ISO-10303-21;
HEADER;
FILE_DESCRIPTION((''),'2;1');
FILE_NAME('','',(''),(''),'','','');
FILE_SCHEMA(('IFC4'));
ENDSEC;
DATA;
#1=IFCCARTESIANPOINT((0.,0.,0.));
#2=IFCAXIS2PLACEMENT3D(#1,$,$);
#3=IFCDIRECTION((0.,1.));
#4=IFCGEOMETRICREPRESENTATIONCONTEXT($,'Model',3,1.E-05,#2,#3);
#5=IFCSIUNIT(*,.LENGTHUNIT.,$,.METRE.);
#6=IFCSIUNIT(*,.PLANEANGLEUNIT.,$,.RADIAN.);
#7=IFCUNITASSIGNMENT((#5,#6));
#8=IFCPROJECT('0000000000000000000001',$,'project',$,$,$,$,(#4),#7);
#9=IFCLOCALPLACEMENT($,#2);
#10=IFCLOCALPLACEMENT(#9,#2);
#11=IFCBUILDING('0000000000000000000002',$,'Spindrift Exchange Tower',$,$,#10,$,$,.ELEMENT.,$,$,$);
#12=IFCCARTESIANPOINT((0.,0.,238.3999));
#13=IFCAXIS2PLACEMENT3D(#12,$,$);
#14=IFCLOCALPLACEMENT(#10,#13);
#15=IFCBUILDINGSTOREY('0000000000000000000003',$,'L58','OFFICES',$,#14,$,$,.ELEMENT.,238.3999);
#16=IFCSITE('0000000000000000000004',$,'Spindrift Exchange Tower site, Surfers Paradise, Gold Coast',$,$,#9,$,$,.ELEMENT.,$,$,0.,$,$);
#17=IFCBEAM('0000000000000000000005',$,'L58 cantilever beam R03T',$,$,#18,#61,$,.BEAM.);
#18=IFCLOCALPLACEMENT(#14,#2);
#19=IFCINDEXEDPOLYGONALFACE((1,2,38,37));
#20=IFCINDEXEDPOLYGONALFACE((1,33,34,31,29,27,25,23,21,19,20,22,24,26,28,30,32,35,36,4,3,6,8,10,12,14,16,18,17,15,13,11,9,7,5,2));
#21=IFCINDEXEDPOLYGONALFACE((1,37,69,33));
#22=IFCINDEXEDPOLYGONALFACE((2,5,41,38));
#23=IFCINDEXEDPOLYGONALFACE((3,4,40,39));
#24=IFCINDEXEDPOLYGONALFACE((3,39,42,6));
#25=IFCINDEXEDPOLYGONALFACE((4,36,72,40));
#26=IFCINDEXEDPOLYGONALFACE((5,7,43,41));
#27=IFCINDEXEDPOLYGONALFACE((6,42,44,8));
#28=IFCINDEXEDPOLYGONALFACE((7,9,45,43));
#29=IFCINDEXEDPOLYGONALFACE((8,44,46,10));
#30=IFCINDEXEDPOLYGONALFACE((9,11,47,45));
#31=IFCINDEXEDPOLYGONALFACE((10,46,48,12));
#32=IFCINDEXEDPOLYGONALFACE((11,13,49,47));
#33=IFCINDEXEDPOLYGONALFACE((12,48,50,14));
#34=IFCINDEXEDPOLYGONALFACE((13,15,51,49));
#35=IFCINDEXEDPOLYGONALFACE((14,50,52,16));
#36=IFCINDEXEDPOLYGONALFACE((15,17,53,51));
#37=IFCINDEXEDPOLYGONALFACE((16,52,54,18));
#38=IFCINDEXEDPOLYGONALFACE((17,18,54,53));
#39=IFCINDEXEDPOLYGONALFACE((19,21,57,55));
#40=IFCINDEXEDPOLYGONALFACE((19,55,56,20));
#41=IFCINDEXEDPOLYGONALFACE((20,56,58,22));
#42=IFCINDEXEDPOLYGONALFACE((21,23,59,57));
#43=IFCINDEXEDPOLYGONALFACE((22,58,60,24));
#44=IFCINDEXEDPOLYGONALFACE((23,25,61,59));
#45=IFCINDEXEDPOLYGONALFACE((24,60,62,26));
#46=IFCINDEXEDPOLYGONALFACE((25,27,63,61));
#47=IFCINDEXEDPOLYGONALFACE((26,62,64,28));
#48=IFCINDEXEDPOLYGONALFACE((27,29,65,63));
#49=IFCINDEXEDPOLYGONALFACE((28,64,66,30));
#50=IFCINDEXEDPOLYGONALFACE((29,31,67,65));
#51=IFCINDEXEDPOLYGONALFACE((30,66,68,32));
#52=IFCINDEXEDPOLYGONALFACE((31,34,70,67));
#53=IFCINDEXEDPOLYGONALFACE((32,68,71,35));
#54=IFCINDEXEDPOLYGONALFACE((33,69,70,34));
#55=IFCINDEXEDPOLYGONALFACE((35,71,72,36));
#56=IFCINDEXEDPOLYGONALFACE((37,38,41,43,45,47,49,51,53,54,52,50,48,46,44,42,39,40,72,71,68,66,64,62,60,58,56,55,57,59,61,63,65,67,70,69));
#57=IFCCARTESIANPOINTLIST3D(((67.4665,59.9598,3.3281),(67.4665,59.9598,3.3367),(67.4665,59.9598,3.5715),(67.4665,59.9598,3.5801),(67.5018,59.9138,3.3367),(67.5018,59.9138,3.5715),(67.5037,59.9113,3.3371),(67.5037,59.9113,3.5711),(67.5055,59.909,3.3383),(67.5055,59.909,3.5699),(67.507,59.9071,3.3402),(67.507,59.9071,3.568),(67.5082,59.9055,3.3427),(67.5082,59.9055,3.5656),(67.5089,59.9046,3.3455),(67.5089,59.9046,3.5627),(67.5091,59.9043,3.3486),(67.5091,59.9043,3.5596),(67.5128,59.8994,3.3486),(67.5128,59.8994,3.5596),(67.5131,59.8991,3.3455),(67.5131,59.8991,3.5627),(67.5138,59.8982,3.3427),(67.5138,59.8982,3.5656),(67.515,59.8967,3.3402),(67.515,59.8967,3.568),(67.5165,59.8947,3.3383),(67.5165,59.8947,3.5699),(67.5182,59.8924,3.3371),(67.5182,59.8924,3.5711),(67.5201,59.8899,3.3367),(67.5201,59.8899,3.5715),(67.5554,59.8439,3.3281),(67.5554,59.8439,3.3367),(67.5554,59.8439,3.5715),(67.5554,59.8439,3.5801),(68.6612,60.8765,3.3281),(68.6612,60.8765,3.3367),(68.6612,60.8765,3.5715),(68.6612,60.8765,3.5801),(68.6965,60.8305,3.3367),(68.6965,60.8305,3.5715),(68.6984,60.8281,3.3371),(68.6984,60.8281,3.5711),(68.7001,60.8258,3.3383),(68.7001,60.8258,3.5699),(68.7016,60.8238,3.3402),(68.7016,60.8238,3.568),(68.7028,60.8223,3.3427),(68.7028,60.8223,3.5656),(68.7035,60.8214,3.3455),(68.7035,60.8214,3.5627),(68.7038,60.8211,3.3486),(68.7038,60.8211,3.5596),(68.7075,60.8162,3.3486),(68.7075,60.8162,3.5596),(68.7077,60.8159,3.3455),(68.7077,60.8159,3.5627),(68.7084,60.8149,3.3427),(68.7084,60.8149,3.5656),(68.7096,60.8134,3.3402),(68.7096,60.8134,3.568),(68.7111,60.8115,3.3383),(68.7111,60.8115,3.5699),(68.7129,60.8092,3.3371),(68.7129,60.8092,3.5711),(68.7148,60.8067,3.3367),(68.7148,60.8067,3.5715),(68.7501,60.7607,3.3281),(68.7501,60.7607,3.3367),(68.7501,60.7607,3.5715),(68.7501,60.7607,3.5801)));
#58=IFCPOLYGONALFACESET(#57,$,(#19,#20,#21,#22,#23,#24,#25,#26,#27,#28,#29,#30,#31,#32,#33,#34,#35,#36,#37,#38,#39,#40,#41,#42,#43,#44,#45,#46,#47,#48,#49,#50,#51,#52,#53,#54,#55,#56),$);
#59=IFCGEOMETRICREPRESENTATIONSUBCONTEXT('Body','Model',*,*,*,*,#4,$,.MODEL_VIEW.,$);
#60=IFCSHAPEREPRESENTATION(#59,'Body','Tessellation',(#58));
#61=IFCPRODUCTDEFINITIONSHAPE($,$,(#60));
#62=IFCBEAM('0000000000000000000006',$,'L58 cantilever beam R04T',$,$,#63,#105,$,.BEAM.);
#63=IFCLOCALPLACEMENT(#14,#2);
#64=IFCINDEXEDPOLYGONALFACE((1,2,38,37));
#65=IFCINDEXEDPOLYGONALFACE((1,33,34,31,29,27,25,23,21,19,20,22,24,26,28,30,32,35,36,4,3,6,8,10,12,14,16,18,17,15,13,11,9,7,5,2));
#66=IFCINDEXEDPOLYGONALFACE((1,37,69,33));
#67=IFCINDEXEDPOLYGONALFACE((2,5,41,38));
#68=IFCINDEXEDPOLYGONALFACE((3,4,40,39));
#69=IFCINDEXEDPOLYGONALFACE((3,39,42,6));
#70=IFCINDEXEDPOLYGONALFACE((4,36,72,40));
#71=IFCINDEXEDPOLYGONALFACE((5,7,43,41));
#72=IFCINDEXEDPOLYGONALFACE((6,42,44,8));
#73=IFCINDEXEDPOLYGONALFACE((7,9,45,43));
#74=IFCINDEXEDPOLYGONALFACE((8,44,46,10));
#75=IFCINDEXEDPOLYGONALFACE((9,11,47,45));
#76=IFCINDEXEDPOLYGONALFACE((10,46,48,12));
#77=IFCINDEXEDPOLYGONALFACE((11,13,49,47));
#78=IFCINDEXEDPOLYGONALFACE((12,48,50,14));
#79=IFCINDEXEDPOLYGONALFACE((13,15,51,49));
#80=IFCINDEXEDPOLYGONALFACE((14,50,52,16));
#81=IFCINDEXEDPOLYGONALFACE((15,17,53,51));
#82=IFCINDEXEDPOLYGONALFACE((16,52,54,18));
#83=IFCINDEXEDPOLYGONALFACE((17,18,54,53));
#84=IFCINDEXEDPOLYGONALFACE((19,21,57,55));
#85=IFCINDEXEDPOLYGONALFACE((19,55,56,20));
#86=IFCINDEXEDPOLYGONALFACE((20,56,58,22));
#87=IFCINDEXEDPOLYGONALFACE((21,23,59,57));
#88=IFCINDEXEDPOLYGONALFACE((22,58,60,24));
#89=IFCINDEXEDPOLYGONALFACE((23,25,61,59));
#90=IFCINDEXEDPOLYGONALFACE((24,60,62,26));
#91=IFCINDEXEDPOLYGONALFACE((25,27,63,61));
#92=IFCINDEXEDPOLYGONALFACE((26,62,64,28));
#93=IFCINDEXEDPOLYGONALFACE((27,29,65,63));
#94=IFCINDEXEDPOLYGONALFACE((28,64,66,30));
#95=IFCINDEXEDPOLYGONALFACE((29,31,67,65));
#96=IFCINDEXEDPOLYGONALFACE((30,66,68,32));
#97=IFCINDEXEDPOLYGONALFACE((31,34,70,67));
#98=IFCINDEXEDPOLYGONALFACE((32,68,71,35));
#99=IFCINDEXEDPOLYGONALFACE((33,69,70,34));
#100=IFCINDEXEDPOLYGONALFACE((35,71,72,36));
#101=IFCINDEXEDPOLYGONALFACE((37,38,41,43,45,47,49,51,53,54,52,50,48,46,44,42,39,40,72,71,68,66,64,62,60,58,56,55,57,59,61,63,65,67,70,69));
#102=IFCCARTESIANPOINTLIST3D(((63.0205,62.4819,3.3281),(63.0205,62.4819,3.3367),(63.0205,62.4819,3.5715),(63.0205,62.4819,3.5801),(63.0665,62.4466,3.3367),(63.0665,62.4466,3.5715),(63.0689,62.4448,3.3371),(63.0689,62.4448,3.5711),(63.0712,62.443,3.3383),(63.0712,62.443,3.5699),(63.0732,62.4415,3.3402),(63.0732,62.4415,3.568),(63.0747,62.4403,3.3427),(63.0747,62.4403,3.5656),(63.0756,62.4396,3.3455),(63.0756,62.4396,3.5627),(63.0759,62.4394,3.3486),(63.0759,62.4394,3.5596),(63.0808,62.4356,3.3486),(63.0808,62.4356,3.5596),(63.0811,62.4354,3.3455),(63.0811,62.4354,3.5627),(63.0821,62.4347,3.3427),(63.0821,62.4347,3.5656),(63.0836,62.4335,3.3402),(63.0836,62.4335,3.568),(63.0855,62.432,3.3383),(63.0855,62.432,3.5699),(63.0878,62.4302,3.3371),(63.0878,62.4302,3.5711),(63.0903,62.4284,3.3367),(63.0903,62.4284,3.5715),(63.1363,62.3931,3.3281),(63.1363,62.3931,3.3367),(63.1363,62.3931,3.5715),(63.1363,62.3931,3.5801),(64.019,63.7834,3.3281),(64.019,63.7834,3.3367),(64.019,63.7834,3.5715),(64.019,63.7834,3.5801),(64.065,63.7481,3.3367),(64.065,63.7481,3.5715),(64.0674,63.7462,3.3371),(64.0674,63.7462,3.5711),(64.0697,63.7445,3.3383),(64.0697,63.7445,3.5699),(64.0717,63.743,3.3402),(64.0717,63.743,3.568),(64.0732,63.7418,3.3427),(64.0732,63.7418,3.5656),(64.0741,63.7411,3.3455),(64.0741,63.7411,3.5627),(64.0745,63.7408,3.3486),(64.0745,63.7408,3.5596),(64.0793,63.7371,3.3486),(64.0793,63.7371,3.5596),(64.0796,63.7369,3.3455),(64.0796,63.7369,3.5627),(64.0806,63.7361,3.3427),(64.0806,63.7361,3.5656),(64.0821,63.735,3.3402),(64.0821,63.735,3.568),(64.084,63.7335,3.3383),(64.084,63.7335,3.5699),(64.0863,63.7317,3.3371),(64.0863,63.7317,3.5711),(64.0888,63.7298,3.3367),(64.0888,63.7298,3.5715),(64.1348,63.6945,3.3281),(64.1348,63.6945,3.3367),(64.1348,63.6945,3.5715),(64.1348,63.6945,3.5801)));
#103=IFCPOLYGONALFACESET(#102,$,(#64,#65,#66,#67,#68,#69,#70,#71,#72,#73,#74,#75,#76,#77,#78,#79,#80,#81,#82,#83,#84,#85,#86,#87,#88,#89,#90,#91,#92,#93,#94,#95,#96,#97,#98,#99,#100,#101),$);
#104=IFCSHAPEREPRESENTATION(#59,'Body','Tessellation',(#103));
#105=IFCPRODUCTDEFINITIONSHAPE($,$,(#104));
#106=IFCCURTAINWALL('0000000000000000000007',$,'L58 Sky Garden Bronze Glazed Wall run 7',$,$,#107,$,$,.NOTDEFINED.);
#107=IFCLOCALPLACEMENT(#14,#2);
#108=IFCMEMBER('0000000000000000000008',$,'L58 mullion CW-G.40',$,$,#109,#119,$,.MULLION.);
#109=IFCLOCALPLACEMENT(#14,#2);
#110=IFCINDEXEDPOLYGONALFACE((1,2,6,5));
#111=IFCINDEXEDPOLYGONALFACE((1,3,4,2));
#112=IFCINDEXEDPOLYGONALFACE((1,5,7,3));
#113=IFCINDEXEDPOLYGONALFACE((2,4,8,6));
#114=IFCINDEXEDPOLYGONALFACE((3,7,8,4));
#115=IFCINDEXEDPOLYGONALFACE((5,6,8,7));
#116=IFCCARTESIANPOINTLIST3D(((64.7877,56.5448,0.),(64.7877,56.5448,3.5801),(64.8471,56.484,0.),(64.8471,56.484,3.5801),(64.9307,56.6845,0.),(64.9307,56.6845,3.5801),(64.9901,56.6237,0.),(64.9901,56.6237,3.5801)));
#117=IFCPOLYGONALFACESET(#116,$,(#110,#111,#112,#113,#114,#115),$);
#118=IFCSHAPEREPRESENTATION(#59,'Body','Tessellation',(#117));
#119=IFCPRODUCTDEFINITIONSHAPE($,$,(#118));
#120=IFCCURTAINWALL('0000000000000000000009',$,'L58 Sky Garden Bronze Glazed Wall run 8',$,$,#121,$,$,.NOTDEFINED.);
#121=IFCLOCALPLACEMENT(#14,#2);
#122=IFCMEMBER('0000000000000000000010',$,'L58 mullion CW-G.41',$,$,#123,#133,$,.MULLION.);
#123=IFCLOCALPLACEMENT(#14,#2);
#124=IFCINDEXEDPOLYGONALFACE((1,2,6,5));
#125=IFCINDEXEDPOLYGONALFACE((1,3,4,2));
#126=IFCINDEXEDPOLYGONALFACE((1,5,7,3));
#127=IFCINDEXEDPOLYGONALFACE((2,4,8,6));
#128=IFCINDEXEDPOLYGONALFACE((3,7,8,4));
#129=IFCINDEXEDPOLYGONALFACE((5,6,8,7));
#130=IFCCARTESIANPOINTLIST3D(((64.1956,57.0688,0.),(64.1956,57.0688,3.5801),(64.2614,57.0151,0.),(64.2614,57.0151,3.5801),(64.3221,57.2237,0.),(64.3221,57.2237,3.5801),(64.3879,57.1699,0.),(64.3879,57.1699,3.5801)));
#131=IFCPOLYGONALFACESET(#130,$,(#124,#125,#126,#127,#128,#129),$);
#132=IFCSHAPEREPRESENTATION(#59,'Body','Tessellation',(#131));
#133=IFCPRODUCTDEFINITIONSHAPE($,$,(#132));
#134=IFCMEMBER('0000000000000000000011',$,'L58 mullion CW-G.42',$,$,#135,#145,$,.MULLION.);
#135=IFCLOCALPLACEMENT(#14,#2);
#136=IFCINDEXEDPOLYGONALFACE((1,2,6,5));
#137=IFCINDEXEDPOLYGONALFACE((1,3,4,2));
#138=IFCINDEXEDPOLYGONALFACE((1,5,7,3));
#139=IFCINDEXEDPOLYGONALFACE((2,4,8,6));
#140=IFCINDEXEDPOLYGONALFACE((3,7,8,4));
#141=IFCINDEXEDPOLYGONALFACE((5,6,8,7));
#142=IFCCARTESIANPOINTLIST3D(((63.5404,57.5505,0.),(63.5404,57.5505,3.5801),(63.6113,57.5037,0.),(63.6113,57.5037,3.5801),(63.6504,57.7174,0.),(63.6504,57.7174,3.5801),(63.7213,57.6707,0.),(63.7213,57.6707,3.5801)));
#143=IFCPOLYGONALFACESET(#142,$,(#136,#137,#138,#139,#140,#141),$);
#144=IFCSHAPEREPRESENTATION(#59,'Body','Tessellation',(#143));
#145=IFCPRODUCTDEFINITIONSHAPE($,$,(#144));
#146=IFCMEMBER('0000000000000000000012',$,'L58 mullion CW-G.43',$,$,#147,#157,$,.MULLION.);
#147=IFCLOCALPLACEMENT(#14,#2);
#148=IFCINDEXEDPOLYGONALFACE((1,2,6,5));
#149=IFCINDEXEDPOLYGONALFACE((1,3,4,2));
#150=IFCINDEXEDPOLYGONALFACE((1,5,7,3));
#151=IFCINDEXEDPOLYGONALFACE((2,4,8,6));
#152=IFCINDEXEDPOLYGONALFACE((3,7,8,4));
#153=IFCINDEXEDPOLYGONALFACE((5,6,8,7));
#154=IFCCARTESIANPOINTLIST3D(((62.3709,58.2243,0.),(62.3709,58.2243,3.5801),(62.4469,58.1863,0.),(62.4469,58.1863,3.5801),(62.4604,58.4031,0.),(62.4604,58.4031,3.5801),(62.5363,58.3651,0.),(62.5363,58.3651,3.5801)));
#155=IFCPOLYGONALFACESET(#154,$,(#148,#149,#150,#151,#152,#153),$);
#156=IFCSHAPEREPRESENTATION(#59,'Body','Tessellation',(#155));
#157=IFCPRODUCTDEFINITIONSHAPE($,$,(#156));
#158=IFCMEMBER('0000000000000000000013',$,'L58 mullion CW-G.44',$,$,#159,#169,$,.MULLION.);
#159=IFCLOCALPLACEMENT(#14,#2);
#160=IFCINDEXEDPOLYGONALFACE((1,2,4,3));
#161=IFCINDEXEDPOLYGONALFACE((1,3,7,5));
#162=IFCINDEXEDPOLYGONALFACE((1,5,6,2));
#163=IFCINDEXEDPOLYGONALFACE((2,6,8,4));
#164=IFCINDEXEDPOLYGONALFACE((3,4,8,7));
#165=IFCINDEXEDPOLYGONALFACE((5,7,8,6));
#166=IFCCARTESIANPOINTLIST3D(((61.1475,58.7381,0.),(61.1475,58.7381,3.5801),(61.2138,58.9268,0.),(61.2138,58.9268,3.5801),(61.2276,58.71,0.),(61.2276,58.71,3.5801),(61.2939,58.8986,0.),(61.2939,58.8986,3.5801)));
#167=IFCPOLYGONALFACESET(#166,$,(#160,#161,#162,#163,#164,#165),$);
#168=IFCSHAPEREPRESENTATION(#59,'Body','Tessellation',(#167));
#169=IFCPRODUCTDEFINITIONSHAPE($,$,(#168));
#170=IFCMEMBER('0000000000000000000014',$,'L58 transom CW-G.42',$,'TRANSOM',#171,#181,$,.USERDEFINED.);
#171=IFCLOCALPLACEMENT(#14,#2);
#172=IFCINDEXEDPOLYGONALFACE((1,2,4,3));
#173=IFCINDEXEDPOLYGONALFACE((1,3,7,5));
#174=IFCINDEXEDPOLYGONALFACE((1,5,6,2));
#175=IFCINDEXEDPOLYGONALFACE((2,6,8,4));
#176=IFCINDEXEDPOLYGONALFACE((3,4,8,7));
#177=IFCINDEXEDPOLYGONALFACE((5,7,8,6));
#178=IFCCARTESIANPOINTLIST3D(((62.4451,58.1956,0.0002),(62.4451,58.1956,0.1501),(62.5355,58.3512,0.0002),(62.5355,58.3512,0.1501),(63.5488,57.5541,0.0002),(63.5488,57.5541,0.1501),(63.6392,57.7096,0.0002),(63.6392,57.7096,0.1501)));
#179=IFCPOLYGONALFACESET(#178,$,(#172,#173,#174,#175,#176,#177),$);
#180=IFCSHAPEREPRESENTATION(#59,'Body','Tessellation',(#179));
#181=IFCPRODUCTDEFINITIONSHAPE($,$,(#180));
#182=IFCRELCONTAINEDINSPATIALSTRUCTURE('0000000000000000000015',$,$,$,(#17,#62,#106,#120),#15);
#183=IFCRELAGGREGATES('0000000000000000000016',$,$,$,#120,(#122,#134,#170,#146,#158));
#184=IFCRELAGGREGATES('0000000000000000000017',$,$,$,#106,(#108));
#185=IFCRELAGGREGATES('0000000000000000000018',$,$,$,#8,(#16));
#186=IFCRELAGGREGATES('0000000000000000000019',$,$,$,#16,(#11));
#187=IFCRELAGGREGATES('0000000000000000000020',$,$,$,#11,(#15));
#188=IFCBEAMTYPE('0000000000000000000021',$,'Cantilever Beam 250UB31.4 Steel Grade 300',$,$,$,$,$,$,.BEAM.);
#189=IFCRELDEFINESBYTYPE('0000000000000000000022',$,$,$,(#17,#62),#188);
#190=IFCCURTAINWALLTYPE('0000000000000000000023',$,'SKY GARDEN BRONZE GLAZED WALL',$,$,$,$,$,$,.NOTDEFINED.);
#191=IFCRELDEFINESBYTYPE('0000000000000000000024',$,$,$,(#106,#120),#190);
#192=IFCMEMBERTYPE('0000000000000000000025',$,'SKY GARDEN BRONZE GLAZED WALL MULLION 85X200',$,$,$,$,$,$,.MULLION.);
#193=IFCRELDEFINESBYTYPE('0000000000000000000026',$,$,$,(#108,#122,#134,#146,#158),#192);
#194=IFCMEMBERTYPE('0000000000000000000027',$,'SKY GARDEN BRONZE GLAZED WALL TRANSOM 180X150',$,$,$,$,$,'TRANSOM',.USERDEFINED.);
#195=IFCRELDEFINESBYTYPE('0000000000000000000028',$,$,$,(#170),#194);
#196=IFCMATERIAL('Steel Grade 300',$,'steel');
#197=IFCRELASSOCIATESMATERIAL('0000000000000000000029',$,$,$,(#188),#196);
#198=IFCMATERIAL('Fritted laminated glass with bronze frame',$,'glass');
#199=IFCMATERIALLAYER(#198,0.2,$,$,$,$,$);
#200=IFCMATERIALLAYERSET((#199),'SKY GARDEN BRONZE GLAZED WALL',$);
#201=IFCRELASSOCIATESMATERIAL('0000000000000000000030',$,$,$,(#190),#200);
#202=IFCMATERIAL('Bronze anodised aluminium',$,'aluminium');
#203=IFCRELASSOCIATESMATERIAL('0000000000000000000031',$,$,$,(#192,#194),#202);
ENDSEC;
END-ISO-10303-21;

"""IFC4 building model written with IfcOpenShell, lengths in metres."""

from ifc_helpers import new_model, si_unit, direction, frame, origin, origin_2d, place, context, subcontext, project, spatial, rectangle, i_section, extrude, source, transform, mapped, material, layer, layer_set, material_profile, profile_set, type_object, element, aggregate, save


model = new_model("IFC4")

# Units and contexts
model_context = context("Model", 3, precision=1e-05, world=origin(), true_north=direction((0.0, 1.0)))
body_context = subcontext(model_context, "Body", "Model", "MODEL_VIEW")
ifc_project = project(units=[si_unit("LENGTHUNIT", "METRE"), si_unit("PLANEANGLEUNIT", "RADIAN")], contexts=[model_context])

# Site, building, storey
site_placement = place(None, origin())
site = spatial("IfcSite", under=ifc_project, at=site_placement, Name="Spindrift Exchange Tower site, Surfers Paradise, Gold Coast", CompositionType="ELEMENT", RefElevation=0.0)
building_placement = place(site_placement, origin())
building = spatial("IfcBuilding", under=site, at=building_placement, Name="Spindrift Exchange Tower", CompositionType="ELEMENT")
storey_placement = place(building_placement, frame((0.0, 0.0, 238.3999)))
storey = spatial("IfcBuildingStorey", under=building, at=storey_placement, Name="L58", Description="OFFICES", CompositionType="ELEMENT", Elevation=238.3999)

# Beams
ifc_material_1 = material(Name="Steel Grade 300", Category="steel")
ifc_material_profile_1 = material_profile(ifc_material_1, i_section(OverallWidth=0.146, OverallDepth=0.252, WebThickness=0.0061, FlangeThickness=0.0085, FilletRadius=0.012, at=origin_2d()), Name="250UB31.4")
ifc_profile_set_1 = profile_set([ifc_material_profile_1], Name="Steel Grade 300")
beam_type_1 = type_object("IfcBeamType", Name="Cantilever Beam 250UB31.4 Steel Grade 300", PredefinedType="BEAM", material=ifc_profile_set_1)
shared_shape_1 = source(origin(), body_context, "Body", "SweptSolid", [
    extrude(i_section(OverallWidth=0.146, OverallDepth=0.252, WebThickness=0.0061, FlangeThickness=0.0085, FilletRadius=0.012, at=origin_2d()), origin(), (0.0, 0.0, 1.0), 1.5059),
])
beam_1_placement = place(storey_placement, frame((67.511, 59.9019, 3.4541), z_axis=(0.793317, 0.608809, 0.0), x_axis=(-0.608809, 0.793317, 0.0)))
element("IfcBeam", 1, at=beam_1_placement, inside=storey, type_object=beam_type_1, Name="L58 cantilever beam R03T", PredefinedType="BEAM", context=body_context, shape_type="MappedRepresentation", body=[
    mapped(shared_shape_1, transform((0.0, 0.0, 0.0), scale=1.0)),
])
shared_shape_2 = source(origin(), body_context, "Body", "SweptSolid", [
    extrude(i_section(OverallWidth=0.146, OverallDepth=0.252, WebThickness=0.0061, FlangeThickness=0.0085, FilletRadius=0.012, at=origin_2d()), origin(), (0.0, 0.0, 1.0), 1.6404),
])
beam_2_placement = place(storey_placement, frame((63.0784, 62.4375, 3.4541), z_axis=(0.608703, 0.793398, 0.0), x_axis=(-0.793398, 0.608703, 0.0)))
element("IfcBeam", 2, at=beam_2_placement, inside=storey, type_object=beam_type_1, Name="L58 cantilever beam R04T", PredefinedType="BEAM", context=body_context, shape_type="MappedRepresentation", body=[
    mapped(shared_shape_2, transform((0.0, 0.0, 0.0), scale=1.0)),
])

# Curtain wall, member
ifc_material_2 = material(Name="Fritted laminated glass with bronze frame", Category="glass")
ifc_layer_1 = layer(ifc_material_2, 0.2)
ifc_layer_set_1 = layer_set([ifc_layer_1], Name="SKY GARDEN BRONZE GLAZED WALL")
curtain_wall_type = type_object("IfcCurtainWallType", Name="SKY GARDEN BRONZE GLAZED WALL", PredefinedType="NOTDEFINED", material=ifc_layer_set_1)
curtain_wall_1_placement = place(storey_placement, origin())
curtain_wall_1 = element("IfcCurtainWall", 3, at=curtain_wall_1_placement, inside=storey, type_object=curtain_wall_type, Name="L58 Sky Garden Bronze Glazed Wall run 7", PredefinedType="NOTDEFINED")
ifc_material_3 = material(Name="Bronze anodised aluminium", Category="aluminium")
ifc_material_profile_2 = material_profile(ifc_material_3, rectangle(XDim=0.085, YDim=0.2, at=origin_2d()), Name="SKY GARDEN BRONZE GLAZED WALL MULLION 85X200")
ifc_profile_set_2 = profile_set([ifc_material_profile_2], Name="Bronze anodised aluminium")
member_type_1 = type_object("IfcMemberType", Name="SKY GARDEN BRONZE GLAZED WALL MULLION 85X200", PredefinedType="MULLION", material=ifc_profile_set_2)
shared_shape_3 = source(origin(), body_context, "Body", "SweptSolid", [
    extrude(rectangle(XDim=0.085, YDim=0.2, at=origin_2d()), origin(), (0.0, 0.0, 1.0), 3.5801),
])
member_1_placement = place(storey_placement, frame((64.8889, 56.5842, 0.0), z_axis=(0.0, 0.0, 1.0), x_axis=(-0.698787, 0.71533, 0.0)))
member_1 = element("IfcMember", 4, at=member_1_placement, type_object=member_type_1, Name="L58 mullion CW-G.40", PredefinedType="MULLION", context=body_context, shape_type="MappedRepresentation", body=[
    mapped(shared_shape_3, transform((0.0, 0.0, 0.0), scale=1.0)),
])

# Curtain wall, members
curtain_wall_2_placement = place(storey_placement, origin())
curtain_wall_2 = element("IfcCurtainWall", 5, at=curtain_wall_2_placement, inside=storey, type_object=curtain_wall_type, Name="L58 Sky Garden Bronze Glazed Wall run 8", PredefinedType="NOTDEFINED")
member_2_placement = place(storey_placement, frame((64.2917, 57.1194, 0.0), z_axis=(0.0, 0.0, 1.0), x_axis=(-0.774434, 0.632655, 0.0)))
member_2 = element("IfcMember", 6, at=member_2_placement, type_object=member_type_1, Name="L58 mullion CW-G.41", PredefinedType="MULLION", context=body_context, shape_type="MappedRepresentation", body=[
    mapped(shared_shape_3, transform((0.0, 0.0, 0.0), scale=1.0)),
])
member_3_placement = place(storey_placement, frame((63.6309, 57.6106, 0.0), z_axis=(0.0, 0.0, 1.0), x_axis=(-0.834934, 0.55035, 0.0)))
member_3 = element("IfcMember", 7, at=member_3_placement, type_object=member_type_1, Name="L58 mullion CW-G.42", PredefinedType="MULLION", context=body_context, shape_type="MappedRepresentation", body=[
    mapped(shared_shape_3, transform((0.0, 0.0, 0.0), scale=1.0)),
])
member_4_placement = place(storey_placement, frame((62.4536, 58.2947, 0.0), z_axis=(0.0, 0.0, 1.0), x_axis=(-0.894257, 0.447553, 0.0)))
member_4 = element("IfcMember", 8, at=member_4_placement, type_object=member_type_1, Name="L58 mullion CW-G.43", PredefinedType="MULLION", context=body_context, shape_type="MappedRepresentation", body=[
    mapped(shared_shape_3, transform((0.0, 0.0, 0.0), scale=1.0)),
])
member_5_placement = place(storey_placement, frame((61.2207, 58.8184, 0.0), z_axis=(0.0, 0.0, 1.0), x_axis=(-0.943392, 0.331681, 0.0)))
member_5 = element("IfcMember", 9, at=member_5_placement, type_object=member_type_1, Name="L58 mullion CW-G.44", PredefinedType="MULLION", context=body_context, shape_type="MappedRepresentation", body=[
    mapped(shared_shape_3, transform((0.0, 0.0, 0.0), scale=1.0)),
])
ifc_material_profile_3 = material_profile(ifc_material_3, rectangle(XDim=0.1799, YDim=0.1499, at=origin_2d()), Name="SKY GARDEN BRONZE GLAZED WALL TRANSOM 180X150")
ifc_profile_set_3 = profile_set([ifc_material_profile_3], Name="Bronze anodised aluminium")
member_type_2 = type_object("IfcMemberType", Name="SKY GARDEN BRONZE GLAZED WALL TRANSOM 180X150", ElementType="TRANSOM", PredefinedType="USERDEFINED", material=ifc_profile_set_3)
shared_shape_4 = source(origin(), body_context, "Body", "SweptSolid", [
    extrude(rectangle(XDim=0.1799, YDim=0.1499, at=origin_2d()), origin(), (0.0, 0.0, 1.0), 1.2766),
])
member_6_placement = place(storey_placement, frame((63.594, 57.6318, 0.0752), z_axis=(-0.864548, 0.502551, 0.0), x_axis=(-0.502551, -0.864548, 0.0)))
member_6 = element("IfcMember", 10, at=member_6_placement, type_object=member_type_2, Name="L58 transom CW-G.42", ObjectType="TRANSOM", PredefinedType="USERDEFINED", context=body_context, shape_type="MappedRepresentation", body=[
    mapped(shared_shape_4, transform((0.0, 0.0, 0.0), scale=1.0)),
])

aggregate(curtain_wall_2, [member_2, member_3, member_6, member_4, member_5])
aggregate(curtain_wall_1, [member_1])

save(model, "model.ifc")
